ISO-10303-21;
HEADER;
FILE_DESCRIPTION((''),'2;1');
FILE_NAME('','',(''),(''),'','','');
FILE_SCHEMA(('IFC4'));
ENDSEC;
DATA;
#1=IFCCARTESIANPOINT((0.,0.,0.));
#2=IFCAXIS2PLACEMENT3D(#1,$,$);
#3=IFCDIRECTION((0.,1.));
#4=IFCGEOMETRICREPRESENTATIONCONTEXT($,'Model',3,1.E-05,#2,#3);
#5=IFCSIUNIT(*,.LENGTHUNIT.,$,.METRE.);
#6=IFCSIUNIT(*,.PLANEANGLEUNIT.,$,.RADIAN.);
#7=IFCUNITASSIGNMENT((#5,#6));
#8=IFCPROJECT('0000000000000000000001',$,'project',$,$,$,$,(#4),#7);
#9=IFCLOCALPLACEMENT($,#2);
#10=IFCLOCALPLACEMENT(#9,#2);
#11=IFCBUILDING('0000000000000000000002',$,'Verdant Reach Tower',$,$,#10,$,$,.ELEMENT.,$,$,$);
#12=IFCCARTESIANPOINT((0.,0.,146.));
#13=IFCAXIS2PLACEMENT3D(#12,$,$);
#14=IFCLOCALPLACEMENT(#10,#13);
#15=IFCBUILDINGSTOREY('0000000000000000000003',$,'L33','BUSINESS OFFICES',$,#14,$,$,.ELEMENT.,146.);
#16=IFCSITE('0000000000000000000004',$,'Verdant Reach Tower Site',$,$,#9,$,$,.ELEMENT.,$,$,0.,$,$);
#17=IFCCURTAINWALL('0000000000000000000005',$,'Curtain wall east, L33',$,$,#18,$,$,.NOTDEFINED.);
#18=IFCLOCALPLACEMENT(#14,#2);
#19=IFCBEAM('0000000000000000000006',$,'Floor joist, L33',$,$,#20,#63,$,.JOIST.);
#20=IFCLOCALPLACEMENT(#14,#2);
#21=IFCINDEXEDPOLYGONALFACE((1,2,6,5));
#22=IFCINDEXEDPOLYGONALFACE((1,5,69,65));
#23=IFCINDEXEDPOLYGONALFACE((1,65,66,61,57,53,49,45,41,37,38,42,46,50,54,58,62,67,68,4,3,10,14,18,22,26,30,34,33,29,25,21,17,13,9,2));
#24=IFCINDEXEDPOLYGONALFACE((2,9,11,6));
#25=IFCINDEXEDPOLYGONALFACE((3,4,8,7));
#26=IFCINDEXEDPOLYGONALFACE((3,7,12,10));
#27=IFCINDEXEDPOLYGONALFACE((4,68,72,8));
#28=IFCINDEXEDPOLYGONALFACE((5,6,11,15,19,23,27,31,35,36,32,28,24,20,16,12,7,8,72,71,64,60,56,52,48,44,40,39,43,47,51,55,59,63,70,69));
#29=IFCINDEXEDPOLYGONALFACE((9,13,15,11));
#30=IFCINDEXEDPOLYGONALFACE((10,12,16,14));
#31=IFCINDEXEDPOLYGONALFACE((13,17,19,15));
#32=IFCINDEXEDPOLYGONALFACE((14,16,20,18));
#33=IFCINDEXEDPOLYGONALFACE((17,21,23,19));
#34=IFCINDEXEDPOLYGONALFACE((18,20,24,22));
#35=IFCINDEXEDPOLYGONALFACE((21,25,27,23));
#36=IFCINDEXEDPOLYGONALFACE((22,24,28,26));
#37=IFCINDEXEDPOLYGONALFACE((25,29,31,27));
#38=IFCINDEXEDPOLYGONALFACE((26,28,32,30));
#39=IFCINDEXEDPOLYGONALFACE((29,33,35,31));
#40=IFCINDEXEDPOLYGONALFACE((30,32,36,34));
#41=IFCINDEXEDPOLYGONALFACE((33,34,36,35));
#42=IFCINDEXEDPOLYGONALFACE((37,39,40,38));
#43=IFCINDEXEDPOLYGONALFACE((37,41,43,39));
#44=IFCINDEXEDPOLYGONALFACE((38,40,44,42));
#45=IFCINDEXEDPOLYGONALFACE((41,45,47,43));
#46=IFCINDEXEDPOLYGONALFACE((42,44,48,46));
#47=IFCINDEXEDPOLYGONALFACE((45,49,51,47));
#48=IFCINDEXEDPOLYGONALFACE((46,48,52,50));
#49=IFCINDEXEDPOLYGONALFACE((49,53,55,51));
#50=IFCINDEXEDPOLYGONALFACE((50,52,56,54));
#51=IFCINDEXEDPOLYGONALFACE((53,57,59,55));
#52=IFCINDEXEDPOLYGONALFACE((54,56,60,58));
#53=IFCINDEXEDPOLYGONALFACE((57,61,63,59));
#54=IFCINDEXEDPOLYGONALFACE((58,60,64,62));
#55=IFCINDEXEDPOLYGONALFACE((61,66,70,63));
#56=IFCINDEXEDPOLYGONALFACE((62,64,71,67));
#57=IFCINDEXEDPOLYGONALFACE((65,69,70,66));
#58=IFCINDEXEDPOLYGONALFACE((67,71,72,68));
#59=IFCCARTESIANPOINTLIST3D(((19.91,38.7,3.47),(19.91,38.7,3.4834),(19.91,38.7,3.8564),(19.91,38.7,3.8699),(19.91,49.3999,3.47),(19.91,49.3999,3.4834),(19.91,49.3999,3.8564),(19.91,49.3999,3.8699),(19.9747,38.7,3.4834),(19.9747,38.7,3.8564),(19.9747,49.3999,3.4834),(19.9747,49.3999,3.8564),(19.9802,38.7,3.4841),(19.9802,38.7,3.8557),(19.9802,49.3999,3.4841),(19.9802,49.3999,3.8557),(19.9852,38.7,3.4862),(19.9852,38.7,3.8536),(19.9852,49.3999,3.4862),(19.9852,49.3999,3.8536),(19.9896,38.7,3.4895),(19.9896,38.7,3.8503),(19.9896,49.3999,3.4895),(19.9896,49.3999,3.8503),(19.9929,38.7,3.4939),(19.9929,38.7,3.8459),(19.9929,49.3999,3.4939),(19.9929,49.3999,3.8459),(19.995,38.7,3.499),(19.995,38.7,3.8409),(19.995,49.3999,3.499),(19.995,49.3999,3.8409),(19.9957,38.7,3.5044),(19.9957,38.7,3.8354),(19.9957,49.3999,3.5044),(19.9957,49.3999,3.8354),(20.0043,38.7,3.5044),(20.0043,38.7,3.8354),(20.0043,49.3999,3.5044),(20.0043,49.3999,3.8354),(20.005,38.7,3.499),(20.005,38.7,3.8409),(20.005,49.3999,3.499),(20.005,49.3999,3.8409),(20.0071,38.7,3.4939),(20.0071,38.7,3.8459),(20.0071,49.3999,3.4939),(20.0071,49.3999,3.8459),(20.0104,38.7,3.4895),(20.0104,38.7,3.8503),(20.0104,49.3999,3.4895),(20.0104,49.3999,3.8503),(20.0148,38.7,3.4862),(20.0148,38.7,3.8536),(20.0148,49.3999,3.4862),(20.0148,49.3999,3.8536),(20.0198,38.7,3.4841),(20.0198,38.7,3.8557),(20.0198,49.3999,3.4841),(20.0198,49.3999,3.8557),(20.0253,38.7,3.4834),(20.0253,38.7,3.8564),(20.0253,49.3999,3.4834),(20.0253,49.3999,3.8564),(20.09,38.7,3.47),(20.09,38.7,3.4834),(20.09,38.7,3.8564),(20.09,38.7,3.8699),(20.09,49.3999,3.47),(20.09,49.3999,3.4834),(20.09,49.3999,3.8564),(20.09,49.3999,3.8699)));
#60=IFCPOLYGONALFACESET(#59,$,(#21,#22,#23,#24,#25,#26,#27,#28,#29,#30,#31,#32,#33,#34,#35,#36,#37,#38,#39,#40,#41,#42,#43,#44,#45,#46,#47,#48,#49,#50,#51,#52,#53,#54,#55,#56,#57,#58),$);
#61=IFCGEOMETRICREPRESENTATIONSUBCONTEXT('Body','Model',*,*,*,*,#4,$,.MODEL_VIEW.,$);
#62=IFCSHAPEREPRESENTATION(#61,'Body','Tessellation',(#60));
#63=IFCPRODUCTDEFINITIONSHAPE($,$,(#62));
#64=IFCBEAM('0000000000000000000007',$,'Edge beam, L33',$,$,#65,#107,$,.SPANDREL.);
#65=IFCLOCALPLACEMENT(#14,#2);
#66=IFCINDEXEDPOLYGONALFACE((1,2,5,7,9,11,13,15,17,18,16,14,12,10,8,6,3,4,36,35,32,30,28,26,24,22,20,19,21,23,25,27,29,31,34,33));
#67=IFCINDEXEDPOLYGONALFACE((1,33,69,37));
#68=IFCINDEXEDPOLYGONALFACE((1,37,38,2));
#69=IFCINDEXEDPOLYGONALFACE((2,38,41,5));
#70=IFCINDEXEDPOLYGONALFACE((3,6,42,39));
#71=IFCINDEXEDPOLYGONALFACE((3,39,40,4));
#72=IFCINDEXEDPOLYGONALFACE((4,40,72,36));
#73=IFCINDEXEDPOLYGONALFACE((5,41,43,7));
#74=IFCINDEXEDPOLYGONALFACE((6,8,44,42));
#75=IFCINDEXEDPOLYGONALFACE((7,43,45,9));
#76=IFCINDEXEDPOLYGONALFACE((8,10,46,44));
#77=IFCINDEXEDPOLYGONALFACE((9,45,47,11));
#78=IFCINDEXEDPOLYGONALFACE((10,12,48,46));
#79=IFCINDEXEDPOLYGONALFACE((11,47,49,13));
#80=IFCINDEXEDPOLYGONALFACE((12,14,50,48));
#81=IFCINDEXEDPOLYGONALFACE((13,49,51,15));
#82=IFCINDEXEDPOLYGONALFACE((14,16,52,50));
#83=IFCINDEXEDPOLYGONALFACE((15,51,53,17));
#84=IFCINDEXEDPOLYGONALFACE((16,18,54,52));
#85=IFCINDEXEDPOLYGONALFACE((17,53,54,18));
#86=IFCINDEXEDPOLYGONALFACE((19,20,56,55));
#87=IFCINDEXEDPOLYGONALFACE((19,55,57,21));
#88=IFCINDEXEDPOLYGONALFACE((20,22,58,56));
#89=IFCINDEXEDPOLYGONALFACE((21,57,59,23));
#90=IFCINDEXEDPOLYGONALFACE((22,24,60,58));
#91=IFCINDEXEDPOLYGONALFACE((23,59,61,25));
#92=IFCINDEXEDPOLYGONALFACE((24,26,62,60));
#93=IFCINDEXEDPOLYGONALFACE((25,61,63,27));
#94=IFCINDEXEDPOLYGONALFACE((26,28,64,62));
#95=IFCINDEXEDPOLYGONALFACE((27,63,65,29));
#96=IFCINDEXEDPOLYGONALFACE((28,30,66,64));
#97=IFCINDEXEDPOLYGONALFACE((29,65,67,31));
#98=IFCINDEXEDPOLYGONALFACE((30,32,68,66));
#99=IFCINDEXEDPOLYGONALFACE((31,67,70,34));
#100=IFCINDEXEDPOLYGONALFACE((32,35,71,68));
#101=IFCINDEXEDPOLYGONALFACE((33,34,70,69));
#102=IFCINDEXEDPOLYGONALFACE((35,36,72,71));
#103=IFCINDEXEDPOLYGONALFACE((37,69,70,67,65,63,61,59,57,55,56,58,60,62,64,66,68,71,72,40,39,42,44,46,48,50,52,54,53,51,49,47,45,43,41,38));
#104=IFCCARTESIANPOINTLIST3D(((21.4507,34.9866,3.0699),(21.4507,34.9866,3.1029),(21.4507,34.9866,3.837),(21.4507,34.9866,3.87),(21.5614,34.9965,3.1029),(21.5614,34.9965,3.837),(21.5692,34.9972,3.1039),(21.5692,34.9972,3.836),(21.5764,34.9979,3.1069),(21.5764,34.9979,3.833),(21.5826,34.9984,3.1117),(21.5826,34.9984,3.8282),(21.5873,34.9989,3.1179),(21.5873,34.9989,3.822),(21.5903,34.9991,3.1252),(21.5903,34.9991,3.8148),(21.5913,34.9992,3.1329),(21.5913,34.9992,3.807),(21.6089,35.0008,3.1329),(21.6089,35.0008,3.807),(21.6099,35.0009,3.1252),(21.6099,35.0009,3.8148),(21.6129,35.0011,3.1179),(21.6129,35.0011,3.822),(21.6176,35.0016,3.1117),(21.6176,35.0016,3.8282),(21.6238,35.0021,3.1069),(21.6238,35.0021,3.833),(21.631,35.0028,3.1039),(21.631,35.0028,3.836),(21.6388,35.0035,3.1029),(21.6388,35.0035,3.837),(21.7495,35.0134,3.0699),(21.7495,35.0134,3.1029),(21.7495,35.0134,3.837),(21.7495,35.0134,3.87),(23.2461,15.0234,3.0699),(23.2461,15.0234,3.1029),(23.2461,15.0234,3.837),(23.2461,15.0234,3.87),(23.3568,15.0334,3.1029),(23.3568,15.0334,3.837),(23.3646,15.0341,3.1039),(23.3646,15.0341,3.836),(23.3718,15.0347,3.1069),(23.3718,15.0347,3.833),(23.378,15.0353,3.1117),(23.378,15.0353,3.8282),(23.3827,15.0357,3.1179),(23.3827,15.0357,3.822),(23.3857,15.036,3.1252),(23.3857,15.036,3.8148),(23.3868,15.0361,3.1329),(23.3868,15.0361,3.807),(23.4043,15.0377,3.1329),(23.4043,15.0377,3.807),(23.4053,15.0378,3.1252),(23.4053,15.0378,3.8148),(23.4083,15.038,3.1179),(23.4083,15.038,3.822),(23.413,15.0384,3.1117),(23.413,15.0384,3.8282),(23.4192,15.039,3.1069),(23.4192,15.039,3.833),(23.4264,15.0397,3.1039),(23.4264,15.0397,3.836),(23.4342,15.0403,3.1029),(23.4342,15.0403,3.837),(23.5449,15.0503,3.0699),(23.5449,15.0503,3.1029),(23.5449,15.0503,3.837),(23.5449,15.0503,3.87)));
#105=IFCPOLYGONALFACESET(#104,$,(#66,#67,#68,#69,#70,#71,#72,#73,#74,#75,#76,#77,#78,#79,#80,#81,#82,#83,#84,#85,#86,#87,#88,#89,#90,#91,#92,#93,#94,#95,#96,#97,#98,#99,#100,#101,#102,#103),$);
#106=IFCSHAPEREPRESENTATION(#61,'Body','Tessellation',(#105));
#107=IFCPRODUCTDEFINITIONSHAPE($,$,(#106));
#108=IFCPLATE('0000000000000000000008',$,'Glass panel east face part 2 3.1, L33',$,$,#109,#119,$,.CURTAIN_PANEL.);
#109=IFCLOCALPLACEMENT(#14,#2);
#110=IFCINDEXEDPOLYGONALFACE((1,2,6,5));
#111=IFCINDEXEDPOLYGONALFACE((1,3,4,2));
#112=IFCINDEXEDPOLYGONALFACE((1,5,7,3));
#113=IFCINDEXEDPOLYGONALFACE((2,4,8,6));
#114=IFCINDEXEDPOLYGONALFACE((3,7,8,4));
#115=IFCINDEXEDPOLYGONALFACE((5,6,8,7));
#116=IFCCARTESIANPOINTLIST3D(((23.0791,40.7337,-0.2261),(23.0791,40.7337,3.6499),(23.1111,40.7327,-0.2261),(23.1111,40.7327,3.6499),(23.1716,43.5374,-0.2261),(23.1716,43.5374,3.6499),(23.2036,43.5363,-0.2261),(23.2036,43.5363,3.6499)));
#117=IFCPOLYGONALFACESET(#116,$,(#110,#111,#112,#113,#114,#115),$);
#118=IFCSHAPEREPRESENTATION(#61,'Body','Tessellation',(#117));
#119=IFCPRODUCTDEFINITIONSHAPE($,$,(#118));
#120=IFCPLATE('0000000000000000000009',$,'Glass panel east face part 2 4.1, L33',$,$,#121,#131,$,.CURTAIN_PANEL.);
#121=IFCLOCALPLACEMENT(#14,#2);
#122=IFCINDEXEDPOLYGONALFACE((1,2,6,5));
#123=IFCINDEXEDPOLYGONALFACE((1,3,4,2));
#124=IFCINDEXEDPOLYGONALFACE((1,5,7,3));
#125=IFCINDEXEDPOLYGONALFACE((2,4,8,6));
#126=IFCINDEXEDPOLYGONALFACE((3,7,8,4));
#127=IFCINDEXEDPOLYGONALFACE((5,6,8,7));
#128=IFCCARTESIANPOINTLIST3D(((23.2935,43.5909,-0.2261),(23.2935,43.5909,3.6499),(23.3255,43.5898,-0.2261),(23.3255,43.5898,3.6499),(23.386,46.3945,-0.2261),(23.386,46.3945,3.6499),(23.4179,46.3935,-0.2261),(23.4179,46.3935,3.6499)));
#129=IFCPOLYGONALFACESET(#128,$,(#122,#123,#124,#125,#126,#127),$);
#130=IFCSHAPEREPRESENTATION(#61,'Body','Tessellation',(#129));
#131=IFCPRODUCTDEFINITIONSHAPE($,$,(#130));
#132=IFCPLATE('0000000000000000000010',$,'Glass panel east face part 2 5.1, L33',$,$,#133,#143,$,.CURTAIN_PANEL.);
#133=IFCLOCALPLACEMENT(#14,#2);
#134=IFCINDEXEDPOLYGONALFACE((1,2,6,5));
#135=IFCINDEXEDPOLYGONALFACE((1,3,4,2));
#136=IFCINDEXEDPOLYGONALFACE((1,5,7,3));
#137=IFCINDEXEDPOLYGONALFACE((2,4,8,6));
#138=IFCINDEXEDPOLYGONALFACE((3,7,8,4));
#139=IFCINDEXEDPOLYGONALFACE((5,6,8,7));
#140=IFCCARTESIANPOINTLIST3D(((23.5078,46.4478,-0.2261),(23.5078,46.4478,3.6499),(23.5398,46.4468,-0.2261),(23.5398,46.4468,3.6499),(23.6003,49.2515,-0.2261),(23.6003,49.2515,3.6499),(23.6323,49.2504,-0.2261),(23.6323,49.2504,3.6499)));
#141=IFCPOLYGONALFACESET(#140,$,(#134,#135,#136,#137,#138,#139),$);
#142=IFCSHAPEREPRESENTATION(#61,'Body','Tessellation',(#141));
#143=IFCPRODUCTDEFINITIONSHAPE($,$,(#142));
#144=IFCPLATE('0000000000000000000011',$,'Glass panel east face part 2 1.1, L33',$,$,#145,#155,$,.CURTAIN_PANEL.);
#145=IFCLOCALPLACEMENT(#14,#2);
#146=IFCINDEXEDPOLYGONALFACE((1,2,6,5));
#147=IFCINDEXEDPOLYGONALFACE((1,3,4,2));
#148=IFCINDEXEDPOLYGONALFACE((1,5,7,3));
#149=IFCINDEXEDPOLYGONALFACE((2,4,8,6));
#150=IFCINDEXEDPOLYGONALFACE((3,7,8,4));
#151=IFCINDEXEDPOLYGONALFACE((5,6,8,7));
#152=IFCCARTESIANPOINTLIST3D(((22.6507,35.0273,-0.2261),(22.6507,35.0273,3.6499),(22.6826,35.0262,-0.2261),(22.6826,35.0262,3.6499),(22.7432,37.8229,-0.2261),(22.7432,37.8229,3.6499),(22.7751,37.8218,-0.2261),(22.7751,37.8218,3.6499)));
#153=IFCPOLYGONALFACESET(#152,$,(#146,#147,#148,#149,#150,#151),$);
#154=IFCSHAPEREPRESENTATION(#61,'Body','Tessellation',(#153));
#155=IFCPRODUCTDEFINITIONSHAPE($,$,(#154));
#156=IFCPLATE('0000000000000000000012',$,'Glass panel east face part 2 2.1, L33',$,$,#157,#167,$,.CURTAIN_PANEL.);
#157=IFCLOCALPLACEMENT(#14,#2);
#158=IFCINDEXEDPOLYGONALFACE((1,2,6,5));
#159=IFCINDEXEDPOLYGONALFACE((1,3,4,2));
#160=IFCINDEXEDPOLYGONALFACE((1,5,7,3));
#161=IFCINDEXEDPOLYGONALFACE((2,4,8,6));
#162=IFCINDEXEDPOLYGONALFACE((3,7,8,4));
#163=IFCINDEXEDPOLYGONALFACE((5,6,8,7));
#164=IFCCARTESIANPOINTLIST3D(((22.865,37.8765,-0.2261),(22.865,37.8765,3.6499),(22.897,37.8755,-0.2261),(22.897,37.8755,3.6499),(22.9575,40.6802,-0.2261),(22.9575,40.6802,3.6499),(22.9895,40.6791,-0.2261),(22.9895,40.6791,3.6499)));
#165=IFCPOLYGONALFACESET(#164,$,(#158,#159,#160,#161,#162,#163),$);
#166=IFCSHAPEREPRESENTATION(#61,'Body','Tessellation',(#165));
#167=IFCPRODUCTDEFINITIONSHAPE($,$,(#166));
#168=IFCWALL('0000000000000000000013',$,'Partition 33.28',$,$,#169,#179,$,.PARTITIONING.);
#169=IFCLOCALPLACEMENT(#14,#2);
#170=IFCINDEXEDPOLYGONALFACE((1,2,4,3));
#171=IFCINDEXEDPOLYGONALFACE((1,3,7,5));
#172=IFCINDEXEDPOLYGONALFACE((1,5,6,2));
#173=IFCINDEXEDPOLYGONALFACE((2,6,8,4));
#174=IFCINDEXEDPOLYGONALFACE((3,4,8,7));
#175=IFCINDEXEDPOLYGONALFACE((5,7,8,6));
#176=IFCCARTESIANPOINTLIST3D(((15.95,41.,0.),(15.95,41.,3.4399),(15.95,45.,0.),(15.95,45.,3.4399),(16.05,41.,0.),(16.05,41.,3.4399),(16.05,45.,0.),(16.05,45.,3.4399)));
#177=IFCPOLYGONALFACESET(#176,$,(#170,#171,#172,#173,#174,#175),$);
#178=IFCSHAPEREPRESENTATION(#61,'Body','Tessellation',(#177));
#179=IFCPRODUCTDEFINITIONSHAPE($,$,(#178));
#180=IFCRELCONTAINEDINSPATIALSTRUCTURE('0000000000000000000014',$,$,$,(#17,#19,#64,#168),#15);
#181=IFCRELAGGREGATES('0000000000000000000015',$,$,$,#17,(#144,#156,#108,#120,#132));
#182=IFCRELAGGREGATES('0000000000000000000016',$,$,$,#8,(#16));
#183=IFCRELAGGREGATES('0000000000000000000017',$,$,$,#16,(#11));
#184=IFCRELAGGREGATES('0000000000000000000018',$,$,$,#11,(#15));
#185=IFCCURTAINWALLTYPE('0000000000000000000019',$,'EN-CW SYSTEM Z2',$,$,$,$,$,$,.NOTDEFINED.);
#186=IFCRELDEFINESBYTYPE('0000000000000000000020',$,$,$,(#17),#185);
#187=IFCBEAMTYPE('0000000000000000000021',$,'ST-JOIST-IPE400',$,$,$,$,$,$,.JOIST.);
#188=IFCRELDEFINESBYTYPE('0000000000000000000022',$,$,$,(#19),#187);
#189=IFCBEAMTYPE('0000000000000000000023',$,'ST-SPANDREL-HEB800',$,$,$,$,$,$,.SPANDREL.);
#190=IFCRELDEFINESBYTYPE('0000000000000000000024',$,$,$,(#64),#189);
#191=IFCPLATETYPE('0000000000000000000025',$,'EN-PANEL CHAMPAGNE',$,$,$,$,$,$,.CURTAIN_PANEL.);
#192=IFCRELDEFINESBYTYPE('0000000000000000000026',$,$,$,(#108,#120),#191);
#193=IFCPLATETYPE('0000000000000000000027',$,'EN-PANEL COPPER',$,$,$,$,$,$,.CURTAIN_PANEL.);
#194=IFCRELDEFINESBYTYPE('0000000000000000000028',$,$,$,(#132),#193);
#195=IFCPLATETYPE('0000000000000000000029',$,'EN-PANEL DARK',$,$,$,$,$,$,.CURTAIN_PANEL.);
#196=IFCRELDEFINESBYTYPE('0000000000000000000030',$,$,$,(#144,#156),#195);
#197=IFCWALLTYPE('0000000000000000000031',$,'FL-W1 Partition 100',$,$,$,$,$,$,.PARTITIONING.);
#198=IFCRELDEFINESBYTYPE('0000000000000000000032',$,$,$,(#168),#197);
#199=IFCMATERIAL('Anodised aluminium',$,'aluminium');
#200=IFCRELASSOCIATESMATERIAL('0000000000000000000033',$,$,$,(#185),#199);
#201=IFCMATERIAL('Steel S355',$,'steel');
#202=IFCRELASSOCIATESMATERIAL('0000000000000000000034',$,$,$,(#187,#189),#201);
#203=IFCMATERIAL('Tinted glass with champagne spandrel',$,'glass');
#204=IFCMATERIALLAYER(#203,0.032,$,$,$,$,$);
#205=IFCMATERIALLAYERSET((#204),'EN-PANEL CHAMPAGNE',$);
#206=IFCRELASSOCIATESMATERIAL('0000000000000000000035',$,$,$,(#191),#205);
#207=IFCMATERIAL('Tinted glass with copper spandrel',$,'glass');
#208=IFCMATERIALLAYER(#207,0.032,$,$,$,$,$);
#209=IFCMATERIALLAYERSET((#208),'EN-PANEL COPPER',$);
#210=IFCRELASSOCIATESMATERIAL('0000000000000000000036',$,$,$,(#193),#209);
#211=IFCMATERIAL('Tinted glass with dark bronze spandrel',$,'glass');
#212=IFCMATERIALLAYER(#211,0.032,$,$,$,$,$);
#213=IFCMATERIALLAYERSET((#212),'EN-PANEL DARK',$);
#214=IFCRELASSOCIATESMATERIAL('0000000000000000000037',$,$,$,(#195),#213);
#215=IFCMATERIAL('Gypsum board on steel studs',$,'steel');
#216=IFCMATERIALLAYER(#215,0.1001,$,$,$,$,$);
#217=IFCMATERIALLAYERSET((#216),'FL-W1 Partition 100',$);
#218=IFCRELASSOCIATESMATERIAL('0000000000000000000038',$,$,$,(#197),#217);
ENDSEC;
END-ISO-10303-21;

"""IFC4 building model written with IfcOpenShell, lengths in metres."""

from ifc_helpers import new_model, si_unit, direction, frame, frame_2d, origin, origin_2d, place, context, subcontext, project, spatial, rectangle, i_section, extrude, material, layer, layer_set, material_profile, profile_set, type_object, element, aggregate, save


model = new_model("IFC4")

# Units and contexts
model_context = context("Model", 3, precision=1e-05, world=origin(), true_north=direction((0.0, 1.0)))
body_context = subcontext(model_context, "Body", "Model", "MODEL_VIEW")
ifc_project = project(units=[si_unit("LENGTHUNIT", "METRE"), si_unit("PLANEANGLEUNIT", "RADIAN")], contexts=[model_context])

# Site, building, storey
site_placement = place(None, origin())
site = spatial("IfcSite", under=ifc_project, at=site_placement, Name="Verdant Reach Tower Site", CompositionType="ELEMENT", RefElevation=0.0)
building_placement = place(site_placement, origin())
building = spatial("IfcBuilding", under=site, at=building_placement, Name="Verdant Reach Tower", CompositionType="ELEMENT")
storey_placement = place(building_placement, frame((0.0, 0.0, 146.0)))
storey = spatial("IfcBuildingStorey", under=building, at=storey_placement, Name="L33", Description="BUSINESS OFFICES", CompositionType="ELEMENT", Elevation=146.0)

# Curtain wall
ifc_material_1 = material(Name="Anodised aluminium", Category="aluminium")
curtain_wall_type = type_object("IfcCurtainWallType", Name="EN-CW SYSTEM Z2", PredefinedType="NOTDEFINED", material=ifc_material_1)
curtain_wall_placement = place(storey_placement, origin())
curtain_wall = element("IfcCurtainWall", 1, at=curtain_wall_placement, inside=storey, type_object=curtain_wall_type, Name="Curtain wall east, L33", PredefinedType="NOTDEFINED")

# Beams
ifc_material_2 = material(Name="Steel S355", Category="steel")
ifc_material_profile_1 = material_profile(ifc_material_2, i_section(OverallWidth=0.1799, OverallDepth=0.3999, WebThickness=0.0085, FlangeThickness=0.0134, FilletRadius=0.021, at=origin_2d()), Name="IPE 400")
ifc_profile_set_1 = profile_set([ifc_material_profile_1], Name="Steel S355")
beam_type_1 = type_object("IfcBeamType", Name="ST-JOIST-IPE400", PredefinedType="JOIST", material=ifc_profile_set_1)
for number, where, z_axis, x_axis, name in (
    (2, (20.0, 38.7, 3.6699), (0.0, 1.0, 0.0), (-1.0, 0.0, 0.0), "Floor joist, L33"),
):
    element("IfcBeam", number, at=place(storey_placement, frame(where, z_axis=z_axis, x_axis=x_axis)), inside=storey, type_object=beam_type_1, Name=name, PredefinedType="JOIST", context=body_context, shape_type="SweptSolid", body=[
        extrude(i_section(OverallWidth=0.1799, OverallDepth=0.3999, WebThickness=0.0085, FlangeThickness=0.0134, FilletRadius=0.021, at=origin_2d()), origin(), (0.0, 0.0, 1.0), 10.7),
    ])
ifc_material_profile_2 = material_profile(ifc_material_2, i_section(OverallWidth=0.3, OverallDepth=0.8, WebThickness=0.0176, FlangeThickness=0.033, FilletRadius=0.03, at=origin_2d()), Name="HEB 800")
ifc_profile_set_2 = profile_set([ifc_material_profile_2], Name="Steel S355")
beam_type_2 = type_object("IfcBeamType", Name="ST-SPANDREL-HEB800", PredefinedType="SPANDREL", material=ifc_profile_set_2)
beam_1_placement = place(storey_placement, frame((21.6001, 35.0, 3.47), z_axis=(0.089575, -0.99598, 0.0), x_axis=(0.99598, 0.089575, 0.0)))
element("IfcBeam", 3, at=beam_1_placement, inside=storey, type_object=beam_type_2, Name="Edge beam, L33", PredefinedType="SPANDREL", context=body_context, shape_type="SweptSolid", body=[
    extrude(i_section(OverallWidth=0.3, OverallDepth=0.8, WebThickness=0.0176, FlangeThickness=0.033, FilletRadius=0.03, at=origin_2d()), origin(), (0.0, 0.0, 1.0), 20.0437),
])

# Plates
ifc_material_3 = material(Name="Tinted glass with champagne spandrel", Category="glass")
ifc_layer_1 = layer(ifc_material_3, 0.032)
ifc_layer_set_1 = layer_set([ifc_layer_1], Name="EN-PANEL CHAMPAGNE")
plate_type_1 = type_object("IfcPlateType", Name="EN-PANEL CHAMPAGNE", PredefinedType="CURTAIN_PANEL", material=ifc_layer_set_1)
plate_1_placement = place(storey_placement, frame((23.1414, 42.135, -0.2261), z_axis=(0.0, 0.0, 1.0), x_axis=(0.032966, 0.999456, 0.0)))
plate_1 = element("IfcPlate", 4, at=plate_1_placement, type_object=plate_type_1, Name="Glass panel east face part 2 3.1, L33", PredefinedType="CURTAIN_PANEL", context=body_context, shape_type="SweptSolid", body=[
    extrude(rectangle(XDim=2.8052, YDim=0.032, at=origin_2d()), origin(), (0.0, 0.0, 1.0), 3.876),
])
plate_2_placement = place(storey_placement, frame((23.3557, 44.9922, -0.2261), z_axis=(0.0, 0.0, 1.0), x_axis=(0.032966, 0.999456, 0.0)))
plate_2 = element("IfcPlate", 5, at=plate_2_placement, type_object=plate_type_1, Name="Glass panel east face part 2 4.1, L33", PredefinedType="CURTAIN_PANEL", context=body_context, shape_type="SweptSolid", body=[
    extrude(rectangle(XDim=2.8052, YDim=0.032, at=origin_2d()), origin(), (0.0, 0.0, 1.0), 3.876),
])
ifc_material_4 = material(Name="Tinted glass with copper spandrel", Category="glass")
ifc_layer_2 = layer(ifc_material_4, 0.032)
ifc_layer_set_2 = layer_set([ifc_layer_2], Name="EN-PANEL COPPER")
plate_type_2 = type_object("IfcPlateType", Name="EN-PANEL COPPER", PredefinedType="CURTAIN_PANEL", material=ifc_layer_set_2)
plate_3_placement = place(storey_placement, frame((23.5701, 47.8491, -0.2261), z_axis=(0.0, 0.0, 1.0), x_axis=(0.032966, 0.999456, 0.0)))
plate_3 = element("IfcPlate", 6, at=plate_3_placement, type_object=plate_type_2, Name="Glass panel east face part 2 5.1, L33", PredefinedType="CURTAIN_PANEL", context=body_context, shape_type="SweptSolid", body=[
    extrude(rectangle(XDim=2.8052, YDim=0.032, at=origin_2d()), origin(), (0.0, 0.0, 1.0), 3.876),
])
ifc_material_5 = material(Name="Tinted glass with dark bronze spandrel", Category="glass")
ifc_layer_3 = layer(ifc_material_5, 0.032)
ifc_layer_set_3 = layer_set([ifc_layer_3], Name="EN-PANEL DARK")
plate_type_3 = type_object("IfcPlateType", Name="EN-PANEL DARK", PredefinedType="CURTAIN_PANEL", material=ifc_layer_set_3)
plate_4_placement = place(storey_placement, frame((22.7129, 36.4246, -0.2261), z_axis=(0.0, 0.0, 1.0), x_axis=(0.03307, 0.999453, 0.0)))
plate_4 = element("IfcPlate", 7, at=plate_4_placement, type_object=plate_type_3, Name="Glass panel east face part 2 1.1, L33", PredefinedType="CURTAIN_PANEL", context=body_context, shape_type="SweptSolid", body=[
    extrude(rectangle(XDim=2.7971, YDim=0.032, at=origin_2d()), origin(), (0.0, 0.0, 1.0), 3.876),
])
plate_5_placement = place(storey_placement, frame((22.9272, 39.2778, -0.2261), z_axis=(0.0, 0.0, 1.0), x_axis=(0.032966, 0.999456, 0.0)))
plate_5 = element("IfcPlate", 8, at=plate_5_placement, type_object=plate_type_3, Name="Glass panel east face part 2 2.1, L33", PredefinedType="CURTAIN_PANEL", context=body_context, shape_type="SweptSolid", body=[
    extrude(rectangle(XDim=2.8052, YDim=0.032, at=origin_2d()), origin(), (0.0, 0.0, 1.0), 3.876),
])
aggregate(curtain_wall, [plate_4, plate_5, plate_1, plate_2, plate_3])

# Wall
ifc_material_6 = material(Name="Gypsum board on steel studs", Category="steel")
ifc_layer_4 = layer(ifc_material_6, 0.1001)
ifc_layer_set_4 = layer_set([ifc_layer_4], Name="FL-W1 Partition 100")
wall_type_1 = type_object("IfcWallType", Name="FL-W1 Partition 100", PredefinedType="PARTITIONING", material=ifc_layer_set_4)
wall_1_placement = place(storey_placement, frame((16.0, 45.0, 0.0), z_axis=(0.0, 0.0, 1.0), x_axis=(0.0, -1.0, 0.0)))
element("IfcWall", 9, at=wall_1_placement, inside=storey, type_object=wall_type_1, Name="Partition 33.28", PredefinedType="PARTITIONING", context=body_context, shape_type="SweptSolid", body=[
    extrude(rectangle(XDim=4.0, YDim=0.1001, at=frame_2d((2.0, 0.0))), origin(), (0.0, 0.0, 1.0), 3.4399),
])

save(model, "model.ifc")
